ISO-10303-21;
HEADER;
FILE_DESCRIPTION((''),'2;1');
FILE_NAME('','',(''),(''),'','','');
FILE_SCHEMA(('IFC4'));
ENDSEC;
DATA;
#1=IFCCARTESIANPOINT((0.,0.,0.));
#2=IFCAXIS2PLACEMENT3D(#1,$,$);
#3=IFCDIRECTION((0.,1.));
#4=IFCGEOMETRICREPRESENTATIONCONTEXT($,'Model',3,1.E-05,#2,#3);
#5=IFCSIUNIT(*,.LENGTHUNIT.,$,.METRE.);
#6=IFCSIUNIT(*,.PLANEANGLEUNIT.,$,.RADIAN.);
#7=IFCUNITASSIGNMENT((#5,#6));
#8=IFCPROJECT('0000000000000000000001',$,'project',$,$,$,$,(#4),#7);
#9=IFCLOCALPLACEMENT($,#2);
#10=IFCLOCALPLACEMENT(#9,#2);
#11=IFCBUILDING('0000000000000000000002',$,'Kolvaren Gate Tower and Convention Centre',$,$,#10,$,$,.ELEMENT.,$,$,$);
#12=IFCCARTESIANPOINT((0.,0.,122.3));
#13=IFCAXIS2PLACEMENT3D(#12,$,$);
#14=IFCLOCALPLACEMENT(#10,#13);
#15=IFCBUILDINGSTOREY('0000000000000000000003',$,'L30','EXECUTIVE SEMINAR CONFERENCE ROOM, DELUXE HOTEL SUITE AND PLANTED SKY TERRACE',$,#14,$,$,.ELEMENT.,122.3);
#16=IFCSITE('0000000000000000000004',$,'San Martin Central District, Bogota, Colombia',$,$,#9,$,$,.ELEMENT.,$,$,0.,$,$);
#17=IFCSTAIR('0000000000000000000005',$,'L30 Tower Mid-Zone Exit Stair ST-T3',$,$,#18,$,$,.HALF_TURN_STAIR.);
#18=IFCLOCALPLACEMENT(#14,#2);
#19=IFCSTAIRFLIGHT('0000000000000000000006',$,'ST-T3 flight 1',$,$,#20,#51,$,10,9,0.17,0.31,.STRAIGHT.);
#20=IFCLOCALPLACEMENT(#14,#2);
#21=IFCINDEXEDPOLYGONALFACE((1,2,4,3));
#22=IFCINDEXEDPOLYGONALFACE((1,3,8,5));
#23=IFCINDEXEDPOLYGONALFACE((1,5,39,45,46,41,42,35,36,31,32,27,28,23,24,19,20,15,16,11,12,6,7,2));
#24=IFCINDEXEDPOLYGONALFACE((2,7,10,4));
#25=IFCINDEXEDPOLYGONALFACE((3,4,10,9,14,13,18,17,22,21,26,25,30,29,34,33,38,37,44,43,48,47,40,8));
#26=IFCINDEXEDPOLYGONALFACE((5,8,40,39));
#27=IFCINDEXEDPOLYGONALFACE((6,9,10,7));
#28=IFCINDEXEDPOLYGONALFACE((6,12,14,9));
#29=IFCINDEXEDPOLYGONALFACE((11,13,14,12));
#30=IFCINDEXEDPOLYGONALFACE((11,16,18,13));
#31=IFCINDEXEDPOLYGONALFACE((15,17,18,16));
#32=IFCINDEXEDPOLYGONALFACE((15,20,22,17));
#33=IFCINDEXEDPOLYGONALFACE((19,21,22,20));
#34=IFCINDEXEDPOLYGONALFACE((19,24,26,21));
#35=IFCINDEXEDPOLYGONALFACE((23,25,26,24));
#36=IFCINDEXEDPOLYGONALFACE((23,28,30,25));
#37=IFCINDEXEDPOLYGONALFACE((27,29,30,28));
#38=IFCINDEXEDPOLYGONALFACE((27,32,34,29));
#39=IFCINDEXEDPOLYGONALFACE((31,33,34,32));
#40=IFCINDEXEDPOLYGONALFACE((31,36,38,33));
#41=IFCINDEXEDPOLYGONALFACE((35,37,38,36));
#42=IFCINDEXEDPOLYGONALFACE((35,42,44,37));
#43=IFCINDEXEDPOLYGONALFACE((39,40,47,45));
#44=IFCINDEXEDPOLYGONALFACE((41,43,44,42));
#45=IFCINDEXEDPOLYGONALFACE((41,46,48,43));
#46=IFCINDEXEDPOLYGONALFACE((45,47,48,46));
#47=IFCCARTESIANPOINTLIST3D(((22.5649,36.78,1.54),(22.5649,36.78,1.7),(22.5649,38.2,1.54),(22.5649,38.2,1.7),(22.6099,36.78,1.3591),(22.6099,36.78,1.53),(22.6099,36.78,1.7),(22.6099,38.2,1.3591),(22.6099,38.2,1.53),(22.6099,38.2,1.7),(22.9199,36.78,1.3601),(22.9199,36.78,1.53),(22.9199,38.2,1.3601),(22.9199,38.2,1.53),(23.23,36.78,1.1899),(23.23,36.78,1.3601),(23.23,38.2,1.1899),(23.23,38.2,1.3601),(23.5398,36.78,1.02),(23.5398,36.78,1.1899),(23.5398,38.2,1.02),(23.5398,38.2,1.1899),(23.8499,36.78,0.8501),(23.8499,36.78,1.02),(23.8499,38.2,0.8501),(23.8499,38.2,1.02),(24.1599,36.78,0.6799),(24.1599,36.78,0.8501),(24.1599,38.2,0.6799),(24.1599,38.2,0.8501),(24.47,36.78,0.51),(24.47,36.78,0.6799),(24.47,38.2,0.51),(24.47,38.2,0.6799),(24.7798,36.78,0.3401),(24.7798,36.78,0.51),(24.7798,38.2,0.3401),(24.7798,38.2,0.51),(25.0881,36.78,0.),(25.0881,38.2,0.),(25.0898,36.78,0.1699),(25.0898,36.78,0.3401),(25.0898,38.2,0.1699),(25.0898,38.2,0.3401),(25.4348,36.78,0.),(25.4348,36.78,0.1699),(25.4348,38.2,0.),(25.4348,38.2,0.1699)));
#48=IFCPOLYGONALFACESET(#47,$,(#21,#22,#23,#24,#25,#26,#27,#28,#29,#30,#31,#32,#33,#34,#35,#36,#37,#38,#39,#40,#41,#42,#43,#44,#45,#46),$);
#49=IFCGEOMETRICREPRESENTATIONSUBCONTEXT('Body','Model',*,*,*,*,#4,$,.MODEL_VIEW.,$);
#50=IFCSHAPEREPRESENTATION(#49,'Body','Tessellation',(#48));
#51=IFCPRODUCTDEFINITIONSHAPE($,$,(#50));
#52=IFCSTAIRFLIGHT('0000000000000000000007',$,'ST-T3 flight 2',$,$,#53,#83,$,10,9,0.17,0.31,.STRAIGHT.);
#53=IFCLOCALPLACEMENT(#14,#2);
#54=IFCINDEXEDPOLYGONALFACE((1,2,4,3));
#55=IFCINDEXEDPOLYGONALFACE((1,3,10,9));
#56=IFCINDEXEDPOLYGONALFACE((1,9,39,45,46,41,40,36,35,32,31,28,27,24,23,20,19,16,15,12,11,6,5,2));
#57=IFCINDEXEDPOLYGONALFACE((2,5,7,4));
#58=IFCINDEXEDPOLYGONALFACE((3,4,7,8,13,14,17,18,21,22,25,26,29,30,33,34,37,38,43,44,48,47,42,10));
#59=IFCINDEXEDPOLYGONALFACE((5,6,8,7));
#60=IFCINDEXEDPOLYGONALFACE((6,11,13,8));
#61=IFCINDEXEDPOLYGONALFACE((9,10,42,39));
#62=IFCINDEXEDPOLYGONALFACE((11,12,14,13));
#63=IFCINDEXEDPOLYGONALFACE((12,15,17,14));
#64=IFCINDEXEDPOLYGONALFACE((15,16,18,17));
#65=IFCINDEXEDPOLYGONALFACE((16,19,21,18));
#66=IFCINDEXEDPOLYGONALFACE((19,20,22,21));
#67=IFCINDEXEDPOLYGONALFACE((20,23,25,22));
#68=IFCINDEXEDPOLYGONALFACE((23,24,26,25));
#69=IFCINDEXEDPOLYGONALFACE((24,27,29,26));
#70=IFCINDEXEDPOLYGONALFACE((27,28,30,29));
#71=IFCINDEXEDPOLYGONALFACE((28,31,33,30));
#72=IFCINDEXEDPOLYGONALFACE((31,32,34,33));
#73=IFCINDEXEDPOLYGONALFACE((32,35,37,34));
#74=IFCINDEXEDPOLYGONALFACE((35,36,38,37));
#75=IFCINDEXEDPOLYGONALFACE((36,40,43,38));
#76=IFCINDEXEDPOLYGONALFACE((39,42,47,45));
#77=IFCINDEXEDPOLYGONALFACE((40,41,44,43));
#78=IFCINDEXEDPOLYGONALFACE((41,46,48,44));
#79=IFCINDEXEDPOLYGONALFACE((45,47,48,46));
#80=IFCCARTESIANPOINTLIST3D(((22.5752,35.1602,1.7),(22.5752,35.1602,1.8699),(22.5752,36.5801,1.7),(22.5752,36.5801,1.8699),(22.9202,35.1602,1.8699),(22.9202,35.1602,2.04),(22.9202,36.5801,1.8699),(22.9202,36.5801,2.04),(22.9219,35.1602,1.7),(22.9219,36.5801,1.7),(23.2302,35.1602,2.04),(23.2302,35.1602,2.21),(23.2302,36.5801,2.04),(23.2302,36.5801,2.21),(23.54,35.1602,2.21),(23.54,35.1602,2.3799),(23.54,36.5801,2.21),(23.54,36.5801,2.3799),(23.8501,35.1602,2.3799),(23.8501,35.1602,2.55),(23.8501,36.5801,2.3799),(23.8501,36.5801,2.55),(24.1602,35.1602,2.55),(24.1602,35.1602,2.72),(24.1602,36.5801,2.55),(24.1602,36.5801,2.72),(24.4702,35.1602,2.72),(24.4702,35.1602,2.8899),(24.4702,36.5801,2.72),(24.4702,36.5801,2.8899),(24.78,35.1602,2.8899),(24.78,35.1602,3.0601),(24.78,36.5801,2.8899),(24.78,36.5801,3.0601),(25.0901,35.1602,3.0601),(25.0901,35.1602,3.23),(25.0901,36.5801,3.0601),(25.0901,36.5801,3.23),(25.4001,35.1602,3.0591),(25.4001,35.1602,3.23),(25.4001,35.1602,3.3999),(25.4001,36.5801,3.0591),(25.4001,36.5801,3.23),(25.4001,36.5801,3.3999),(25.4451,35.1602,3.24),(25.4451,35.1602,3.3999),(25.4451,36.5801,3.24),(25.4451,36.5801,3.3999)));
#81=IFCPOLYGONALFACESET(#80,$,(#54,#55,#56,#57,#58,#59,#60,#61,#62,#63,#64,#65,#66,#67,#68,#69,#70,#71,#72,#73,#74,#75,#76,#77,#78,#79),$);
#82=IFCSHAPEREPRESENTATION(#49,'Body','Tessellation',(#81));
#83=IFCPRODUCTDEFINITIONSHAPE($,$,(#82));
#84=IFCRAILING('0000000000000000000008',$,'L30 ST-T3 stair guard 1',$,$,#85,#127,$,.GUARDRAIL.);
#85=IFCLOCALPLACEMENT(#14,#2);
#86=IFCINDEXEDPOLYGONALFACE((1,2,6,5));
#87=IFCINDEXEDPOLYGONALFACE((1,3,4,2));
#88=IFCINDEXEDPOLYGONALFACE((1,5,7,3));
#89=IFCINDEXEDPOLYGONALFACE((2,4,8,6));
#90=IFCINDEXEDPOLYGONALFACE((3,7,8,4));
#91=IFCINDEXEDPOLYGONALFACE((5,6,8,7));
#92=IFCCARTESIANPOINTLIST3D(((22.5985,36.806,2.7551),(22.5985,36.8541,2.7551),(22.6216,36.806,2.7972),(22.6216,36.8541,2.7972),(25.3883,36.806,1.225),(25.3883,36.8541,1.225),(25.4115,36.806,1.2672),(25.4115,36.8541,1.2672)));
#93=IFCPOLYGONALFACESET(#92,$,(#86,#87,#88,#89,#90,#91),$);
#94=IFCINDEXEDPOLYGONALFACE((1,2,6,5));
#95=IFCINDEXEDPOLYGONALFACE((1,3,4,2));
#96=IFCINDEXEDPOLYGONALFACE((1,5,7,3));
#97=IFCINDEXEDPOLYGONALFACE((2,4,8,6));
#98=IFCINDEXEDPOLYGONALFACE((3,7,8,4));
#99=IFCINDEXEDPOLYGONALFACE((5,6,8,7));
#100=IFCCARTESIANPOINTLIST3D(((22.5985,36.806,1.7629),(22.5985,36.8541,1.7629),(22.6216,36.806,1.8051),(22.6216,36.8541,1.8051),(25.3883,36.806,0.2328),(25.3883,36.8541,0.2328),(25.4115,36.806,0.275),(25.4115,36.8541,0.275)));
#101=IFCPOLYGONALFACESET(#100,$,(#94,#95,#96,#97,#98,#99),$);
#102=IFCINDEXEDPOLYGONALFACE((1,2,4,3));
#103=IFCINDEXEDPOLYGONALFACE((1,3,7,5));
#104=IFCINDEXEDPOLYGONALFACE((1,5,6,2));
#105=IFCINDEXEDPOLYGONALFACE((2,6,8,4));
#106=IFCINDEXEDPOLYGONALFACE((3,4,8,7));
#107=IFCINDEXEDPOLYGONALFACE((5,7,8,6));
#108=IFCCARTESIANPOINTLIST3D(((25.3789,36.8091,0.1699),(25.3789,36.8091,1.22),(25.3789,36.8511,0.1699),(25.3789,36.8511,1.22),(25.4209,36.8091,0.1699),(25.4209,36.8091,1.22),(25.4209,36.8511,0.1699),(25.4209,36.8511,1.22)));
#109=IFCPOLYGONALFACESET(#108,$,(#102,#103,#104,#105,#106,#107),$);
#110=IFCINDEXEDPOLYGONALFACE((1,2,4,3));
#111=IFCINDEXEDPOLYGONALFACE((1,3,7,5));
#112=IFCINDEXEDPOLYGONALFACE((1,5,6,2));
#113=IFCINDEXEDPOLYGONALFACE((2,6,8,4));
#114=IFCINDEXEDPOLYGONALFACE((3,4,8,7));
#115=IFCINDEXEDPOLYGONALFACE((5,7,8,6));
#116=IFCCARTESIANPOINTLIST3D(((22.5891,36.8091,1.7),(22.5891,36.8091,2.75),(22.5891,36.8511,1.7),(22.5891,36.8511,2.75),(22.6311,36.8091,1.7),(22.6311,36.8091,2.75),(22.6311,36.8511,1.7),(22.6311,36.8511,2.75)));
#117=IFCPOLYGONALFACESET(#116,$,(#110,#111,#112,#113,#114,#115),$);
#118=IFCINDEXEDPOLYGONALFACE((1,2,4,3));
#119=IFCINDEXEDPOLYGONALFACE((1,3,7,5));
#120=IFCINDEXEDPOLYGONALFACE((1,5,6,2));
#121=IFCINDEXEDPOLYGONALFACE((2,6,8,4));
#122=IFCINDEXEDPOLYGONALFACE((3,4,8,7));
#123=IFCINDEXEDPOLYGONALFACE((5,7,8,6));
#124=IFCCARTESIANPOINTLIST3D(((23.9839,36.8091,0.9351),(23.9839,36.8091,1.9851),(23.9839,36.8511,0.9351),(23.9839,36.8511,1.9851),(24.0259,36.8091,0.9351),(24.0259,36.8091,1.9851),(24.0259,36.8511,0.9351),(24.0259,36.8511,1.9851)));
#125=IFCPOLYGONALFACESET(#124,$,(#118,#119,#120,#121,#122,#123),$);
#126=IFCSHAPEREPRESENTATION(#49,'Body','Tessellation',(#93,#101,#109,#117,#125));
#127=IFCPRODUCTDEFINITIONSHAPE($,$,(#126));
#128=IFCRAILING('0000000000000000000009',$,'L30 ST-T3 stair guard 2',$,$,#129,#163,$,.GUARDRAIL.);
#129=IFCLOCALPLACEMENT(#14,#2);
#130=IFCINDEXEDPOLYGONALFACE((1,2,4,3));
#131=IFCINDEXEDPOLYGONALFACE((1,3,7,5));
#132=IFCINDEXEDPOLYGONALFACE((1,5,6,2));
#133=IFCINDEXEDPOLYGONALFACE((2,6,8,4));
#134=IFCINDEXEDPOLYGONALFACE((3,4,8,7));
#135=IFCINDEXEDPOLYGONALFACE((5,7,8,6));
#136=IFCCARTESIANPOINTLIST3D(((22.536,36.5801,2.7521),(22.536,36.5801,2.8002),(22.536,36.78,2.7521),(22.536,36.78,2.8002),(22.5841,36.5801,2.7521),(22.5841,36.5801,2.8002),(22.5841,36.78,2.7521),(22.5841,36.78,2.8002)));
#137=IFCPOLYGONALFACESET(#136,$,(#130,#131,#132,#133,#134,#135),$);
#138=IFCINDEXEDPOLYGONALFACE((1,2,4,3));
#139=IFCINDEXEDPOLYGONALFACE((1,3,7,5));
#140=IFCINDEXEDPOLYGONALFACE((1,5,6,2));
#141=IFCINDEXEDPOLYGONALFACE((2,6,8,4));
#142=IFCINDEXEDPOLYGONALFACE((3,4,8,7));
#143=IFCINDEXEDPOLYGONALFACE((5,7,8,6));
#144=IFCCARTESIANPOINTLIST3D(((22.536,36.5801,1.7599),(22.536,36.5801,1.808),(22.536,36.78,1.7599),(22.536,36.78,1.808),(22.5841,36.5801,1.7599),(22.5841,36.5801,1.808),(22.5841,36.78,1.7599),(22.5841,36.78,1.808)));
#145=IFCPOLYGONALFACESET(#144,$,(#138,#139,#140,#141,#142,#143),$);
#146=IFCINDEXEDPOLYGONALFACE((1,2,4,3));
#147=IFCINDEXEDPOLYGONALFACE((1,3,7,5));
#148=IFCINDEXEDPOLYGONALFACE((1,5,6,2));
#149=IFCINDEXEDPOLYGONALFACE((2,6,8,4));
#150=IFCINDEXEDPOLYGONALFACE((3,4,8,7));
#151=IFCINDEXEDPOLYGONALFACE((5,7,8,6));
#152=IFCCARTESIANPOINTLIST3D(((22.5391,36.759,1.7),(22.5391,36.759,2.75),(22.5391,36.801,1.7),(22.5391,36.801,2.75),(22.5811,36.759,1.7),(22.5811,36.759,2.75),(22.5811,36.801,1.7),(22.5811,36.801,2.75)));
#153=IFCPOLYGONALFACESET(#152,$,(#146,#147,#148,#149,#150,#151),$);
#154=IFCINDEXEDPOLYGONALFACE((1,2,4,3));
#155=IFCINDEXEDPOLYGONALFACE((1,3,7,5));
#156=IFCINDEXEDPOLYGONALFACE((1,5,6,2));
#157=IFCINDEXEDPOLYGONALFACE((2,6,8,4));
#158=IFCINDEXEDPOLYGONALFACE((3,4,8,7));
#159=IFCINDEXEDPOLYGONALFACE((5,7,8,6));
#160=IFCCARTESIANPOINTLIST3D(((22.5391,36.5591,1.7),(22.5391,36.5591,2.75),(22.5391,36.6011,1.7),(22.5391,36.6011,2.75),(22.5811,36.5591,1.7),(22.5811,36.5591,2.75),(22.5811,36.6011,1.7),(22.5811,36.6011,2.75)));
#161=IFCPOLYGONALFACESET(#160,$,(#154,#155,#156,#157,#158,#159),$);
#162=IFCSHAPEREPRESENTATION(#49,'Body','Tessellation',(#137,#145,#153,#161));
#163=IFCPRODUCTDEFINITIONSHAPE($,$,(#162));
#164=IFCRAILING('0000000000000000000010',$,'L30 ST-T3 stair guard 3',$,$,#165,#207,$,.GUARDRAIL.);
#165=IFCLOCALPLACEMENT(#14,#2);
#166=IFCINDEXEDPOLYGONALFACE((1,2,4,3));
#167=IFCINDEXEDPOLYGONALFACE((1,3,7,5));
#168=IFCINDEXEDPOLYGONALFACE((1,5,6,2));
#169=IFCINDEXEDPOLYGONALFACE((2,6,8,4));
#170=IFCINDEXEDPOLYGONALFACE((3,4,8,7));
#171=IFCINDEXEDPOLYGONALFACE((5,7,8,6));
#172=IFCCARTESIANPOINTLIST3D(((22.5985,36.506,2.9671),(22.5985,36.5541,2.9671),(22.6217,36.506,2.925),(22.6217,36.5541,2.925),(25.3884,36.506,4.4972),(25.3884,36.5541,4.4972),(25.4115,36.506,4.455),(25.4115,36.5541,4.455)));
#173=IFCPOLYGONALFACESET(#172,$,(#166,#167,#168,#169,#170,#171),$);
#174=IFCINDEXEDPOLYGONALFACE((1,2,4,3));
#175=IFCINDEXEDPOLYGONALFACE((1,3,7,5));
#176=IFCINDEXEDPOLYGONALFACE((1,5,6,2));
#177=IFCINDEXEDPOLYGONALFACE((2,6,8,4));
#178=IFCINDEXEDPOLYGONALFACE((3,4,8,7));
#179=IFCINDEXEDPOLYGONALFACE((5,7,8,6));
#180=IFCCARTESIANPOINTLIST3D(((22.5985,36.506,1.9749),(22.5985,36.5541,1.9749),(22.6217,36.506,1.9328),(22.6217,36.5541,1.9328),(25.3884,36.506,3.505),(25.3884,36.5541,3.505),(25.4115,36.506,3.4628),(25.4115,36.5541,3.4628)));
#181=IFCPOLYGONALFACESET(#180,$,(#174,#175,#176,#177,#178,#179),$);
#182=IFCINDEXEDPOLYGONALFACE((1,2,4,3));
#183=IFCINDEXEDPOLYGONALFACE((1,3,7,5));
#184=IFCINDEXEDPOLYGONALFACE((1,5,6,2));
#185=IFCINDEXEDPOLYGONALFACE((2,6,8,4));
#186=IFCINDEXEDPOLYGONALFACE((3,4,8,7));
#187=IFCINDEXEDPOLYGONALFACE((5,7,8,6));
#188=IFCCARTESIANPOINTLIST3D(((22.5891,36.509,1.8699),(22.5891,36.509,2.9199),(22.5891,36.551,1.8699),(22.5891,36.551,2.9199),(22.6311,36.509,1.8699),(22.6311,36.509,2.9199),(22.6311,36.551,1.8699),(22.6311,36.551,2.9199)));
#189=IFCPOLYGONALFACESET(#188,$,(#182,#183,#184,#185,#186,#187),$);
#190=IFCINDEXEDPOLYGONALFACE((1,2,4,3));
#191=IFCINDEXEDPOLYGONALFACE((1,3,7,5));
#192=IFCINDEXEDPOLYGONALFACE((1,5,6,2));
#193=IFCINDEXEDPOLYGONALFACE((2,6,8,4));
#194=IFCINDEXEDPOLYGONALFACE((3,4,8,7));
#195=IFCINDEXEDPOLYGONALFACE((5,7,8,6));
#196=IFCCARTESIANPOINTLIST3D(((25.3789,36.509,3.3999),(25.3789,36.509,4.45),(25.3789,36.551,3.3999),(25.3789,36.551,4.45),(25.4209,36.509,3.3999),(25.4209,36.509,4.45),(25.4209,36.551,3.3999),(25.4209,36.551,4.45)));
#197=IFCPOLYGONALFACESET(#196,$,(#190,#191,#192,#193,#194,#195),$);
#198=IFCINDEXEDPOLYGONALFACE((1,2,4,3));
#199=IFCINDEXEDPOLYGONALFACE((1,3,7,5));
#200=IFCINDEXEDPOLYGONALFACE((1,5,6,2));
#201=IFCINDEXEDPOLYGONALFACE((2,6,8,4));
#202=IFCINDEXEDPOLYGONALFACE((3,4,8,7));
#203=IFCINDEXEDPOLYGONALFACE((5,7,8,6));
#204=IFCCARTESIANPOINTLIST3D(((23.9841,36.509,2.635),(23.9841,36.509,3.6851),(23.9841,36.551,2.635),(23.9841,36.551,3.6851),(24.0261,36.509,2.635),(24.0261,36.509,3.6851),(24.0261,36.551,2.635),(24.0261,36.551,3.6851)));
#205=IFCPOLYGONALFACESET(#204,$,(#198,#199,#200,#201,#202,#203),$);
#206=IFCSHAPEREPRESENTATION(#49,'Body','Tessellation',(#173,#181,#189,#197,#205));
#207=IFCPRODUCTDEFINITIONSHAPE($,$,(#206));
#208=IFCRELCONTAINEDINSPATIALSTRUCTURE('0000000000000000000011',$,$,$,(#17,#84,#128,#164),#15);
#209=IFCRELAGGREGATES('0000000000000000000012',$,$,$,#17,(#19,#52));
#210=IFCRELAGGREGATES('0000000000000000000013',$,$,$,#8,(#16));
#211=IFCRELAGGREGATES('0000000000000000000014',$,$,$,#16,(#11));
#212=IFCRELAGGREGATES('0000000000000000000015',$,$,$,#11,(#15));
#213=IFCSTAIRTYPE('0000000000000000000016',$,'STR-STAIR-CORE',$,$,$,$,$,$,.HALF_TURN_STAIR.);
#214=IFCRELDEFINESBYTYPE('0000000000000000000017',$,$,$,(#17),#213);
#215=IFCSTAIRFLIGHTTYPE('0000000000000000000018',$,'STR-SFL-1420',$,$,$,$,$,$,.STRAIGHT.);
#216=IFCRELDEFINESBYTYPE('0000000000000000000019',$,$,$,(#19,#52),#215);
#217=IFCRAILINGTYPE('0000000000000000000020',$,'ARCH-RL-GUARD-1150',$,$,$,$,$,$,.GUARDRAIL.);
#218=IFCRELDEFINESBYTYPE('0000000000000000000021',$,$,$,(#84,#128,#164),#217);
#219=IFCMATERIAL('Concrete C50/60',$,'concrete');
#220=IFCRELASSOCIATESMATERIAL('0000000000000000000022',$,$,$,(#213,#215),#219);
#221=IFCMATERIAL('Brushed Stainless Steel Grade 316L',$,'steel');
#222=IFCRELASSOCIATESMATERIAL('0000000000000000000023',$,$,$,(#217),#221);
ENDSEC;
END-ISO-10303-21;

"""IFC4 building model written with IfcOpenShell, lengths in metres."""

from ifc_helpers import new_model, si_unit, direction, frame, origin, origin_2d, place, context, subcontext, project, spatial, polyline, rectangle, outline, extrude, material, type_object, element, aggregate, save


model = new_model("IFC4")

# Units and contexts
model_context = context("Model", 3, precision=1e-05, world=origin(), true_north=direction((0.0, 1.0)))
body_context = subcontext(model_context, "Body", "Model", "MODEL_VIEW")
ifc_project = project(units=[si_unit("LENGTHUNIT", "METRE"), si_unit("PLANEANGLEUNIT", "RADIAN")], contexts=[model_context])

# Site, building, storey
site_placement = place(None, origin())
site = spatial("IfcSite", under=ifc_project, at=site_placement, Name="San Martin Central District, Bogota, Colombia", CompositionType="ELEMENT", RefElevation=0.0)
building_placement = place(site_placement, origin())
building = spatial("IfcBuilding", under=site, at=building_placement, Name="Kolvaren Gate Tower and Convention Centre", CompositionType="ELEMENT")
storey_placement = place(building_placement, frame((0.0, 0.0, 122.3)))
storey = spatial("IfcBuildingStorey", under=building, at=storey_placement, Name="L30", Description="EXECUTIVE SEMINAR CONFERENCE ROOM, DELUXE HOTEL SUITE AND PLANTED SKY TERRACE", CompositionType="ELEMENT", Elevation=122.3)

# Shared definitions
ifc_material_1 = material(Name="Concrete C50/60", Category="concrete")

# Stair, stair flights
stair_type = type_object("IfcStairType", Name="STR-STAIR-CORE", PredefinedType="HALF_TURN_STAIR", material=ifc_material_1)
stair_placement = place(storey_placement, origin())
stair = element("IfcStair", 1, at=stair_placement, inside=storey, type_object=stair_type, Name="L30 Tower Mid-Zone Exit Stair ST-T3", PredefinedType="HALF_TURN_STAIR")
stair_flight_type = type_object("IfcStairFlightType", Name="STR-SFL-1420", PredefinedType="STRAIGHT", material=ifc_material_1)
stair_flight_1_placement = place(storey_placement, frame((25.3999, 37.49, 0.0), z_axis=(0.0, 0.0, 1.0), x_axis=(-1.0, 0.0, 0.0)))
stair_flight_1 = element("IfcStairFlight", 2, at=stair_flight_1_placement, type_object=stair_flight_type, Name="ST-T3 flight 1", NumberOfRisers=10, NumberOfTreads=9, PredefinedType="STRAIGHT", RiserHeight=0.17, TreadLength=0.31, context=body_context, shape_type="SweptSolid", body=[
    extrude(outline(polyline([(-0.0349, 0.0), (-0.0349, 0.1699), (0.3101, 0.1699), (0.3101, 0.3401), (0.6201, 0.3401), (0.6201, 0.51), (0.9299, 0.51), (0.9299, 0.6799), (1.24, 0.6799), (1.24, 0.8501), (1.55, 0.8501), (1.55, 1.02), (1.8601, 1.02), (1.8601, 1.1899), (2.1699, 1.1899), (2.1699, 1.3601), (2.48, 1.3601), (2.48, 1.53), (2.79, 1.53), (2.79, 1.7), (2.835, 1.7), (2.835, 1.54), (2.79, 1.3591), (0.3118, 0.0), (-0.0349, 0.0)])), frame((0.0, 0.71, 0.0), z_axis=(0.0, -1.0, 0.0), x_axis=(1.0, 0.0, 0.0)), (0.0, 0.0, 1.0), 1.4199),
])
stair_flight_2_placement = place(storey_placement, frame((22.6101, 35.8701, 1.7), z_axis=(0.0, 0.0, 1.0), x_axis=(1.0, 0.0, 0.0)))
stair_flight_2 = element("IfcStairFlight", 3, at=stair_flight_2_placement, type_object=stair_flight_type, Name="ST-T3 flight 2", NumberOfRisers=10, NumberOfTreads=9, PredefinedType="STRAIGHT", RiserHeight=0.17, TreadLength=0.31, context=body_context, shape_type="SweptSolid", body=[
    extrude(outline(polyline([(-0.0349, 0.0), (-0.0349, 0.1699), (0.3101, 0.1699), (0.3101, 0.3401), (0.6201, 0.3401), (0.6201, 0.51), (0.9299, 0.51), (0.9299, 0.6799), (1.24, 0.6799), (1.24, 0.8501), (1.55, 0.8501), (1.55, 1.02), (1.8601, 1.02), (1.8601, 1.1899), (2.1699, 1.1899), (2.1699, 1.3601), (2.48, 1.3601), (2.48, 1.53), (2.79, 1.53), (2.79, 1.7), (2.835, 1.7), (2.835, 1.54), (2.79, 1.3591), (0.3118, 0.0), (-0.0349, 0.0)])), frame((0.0, 0.71, 0.0), z_axis=(0.0, -1.0, 0.0), x_axis=(1.0, 0.0, 0.0)), (0.0, 0.0, 1.0), 1.4199),
])
aggregate(stair, [stair_flight_1, stair_flight_2])

# Railings
ifc_material_2 = material(Name="Brushed Stainless Steel Grade 316L", Category="steel")
railing_type_1 = type_object("IfcRailingType", Name="ARCH-RL-GUARD-1150", PredefinedType="GUARDRAIL", material=ifc_material_2)
railing_1_placement = place(storey_placement, frame((25.3999, 36.8301, 0.1699)))
element("IfcRailing", 4, at=railing_1_placement, inside=storey, type_object=railing_type_1, Name="L30 ST-T3 stair guard 1", PredefinedType="GUARDRAIL", context=body_context, shape_type="SweptSolid", body=[
    extrude(rectangle(XDim=0.0481, YDim=0.0481, at=origin_2d()), frame((0.0, 0.0, 1.0762), z_axis=(-0.876794, 0.0, 0.480867), x_axis=(0.0, -1.0, 0.0)), (0.0, 0.0, 1.0), 3.1819),
    extrude(rectangle(XDim=0.0481, YDim=0.0481, at=origin_2d()), frame((0.0, 0.0, 0.084), z_axis=(-0.876794, 0.0, 0.480867), x_axis=(0.0, -1.0, 0.0)), (0.0, 0.0, 1.0), 3.1819),
    extrude(rectangle(XDim=0.042, YDim=0.042, at=origin_2d()), origin(), (0.0, 0.0, 1.0), 1.05),
    extrude(rectangle(XDim=0.042, YDim=0.042, at=origin_2d()), frame((-2.7898, 0.0, 1.53)), (0.0, 0.0, 1.0), 1.05),
    extrude(rectangle(XDim=0.042, YDim=0.042, at=origin_2d()), frame((-1.395, 0.0, 0.7651)), (0.0, 0.0, 1.0), 1.05),
])
railing_2_placement = place(storey_placement, frame((22.5601, 36.78, 1.7)))
element("IfcRailing", 5, at=railing_2_placement, inside=storey, type_object=railing_type_1, Name="L30 ST-T3 stair guard 2", PredefinedType="GUARDRAIL", context=body_context, shape_type="SweptSolid", body=[
    extrude(rectangle(XDim=0.0481, YDim=0.0481, at=origin_2d()), frame((0.0, 0.0, 1.0762), z_axis=(0.0, -1.0, 0.0), x_axis=(1.0, 0.0, 0.0)), (0.0, 0.0, 1.0), 0.2),
    extrude(rectangle(XDim=0.0481, YDim=0.0481, at=origin_2d()), frame((0.0, 0.0, 0.084), z_axis=(0.0, -1.0, 0.0), x_axis=(1.0, 0.0, 0.0)), (0.0, 0.0, 1.0), 0.2),
    extrude(rectangle(XDim=0.042, YDim=0.042, at=origin_2d()), origin(), (0.0, 0.0, 1.0), 1.05),
    extrude(rectangle(XDim=0.042, YDim=0.042, at=origin_2d()), frame((0.0, -0.2, 0.0)), (0.0, 0.0, 1.0), 1.05),
])
railing_3_placement = place(storey_placement, frame((22.6101, 36.53, 1.8699)))
element("IfcRailing", 6, at=railing_3_placement, inside=storey, type_object=railing_type_1, Name="L30 ST-T3 stair guard 3", PredefinedType="GUARDRAIL", context=body_context, shape_type="SweptSolid", body=[
    extrude(rectangle(XDim=0.0481, YDim=0.0481, at=origin_2d()), frame((0.0, 0.0, 1.0762), z_axis=(0.876794, 0.0, 0.480867), x_axis=(0.0, 1.0, 0.0)), (0.0, 0.0, 1.0), 3.1819),
    extrude(rectangle(XDim=0.0481, YDim=0.0481, at=origin_2d()), frame((0.0, 0.0, 0.084), z_axis=(0.876794, 0.0, 0.480867), x_axis=(0.0, 1.0, 0.0)), (0.0, 0.0, 1.0), 3.1819),
    extrude(rectangle(XDim=0.042, YDim=0.042, at=origin_2d()), origin(), (0.0, 0.0, 1.0), 1.05),
    extrude(rectangle(XDim=0.042, YDim=0.042, at=origin_2d()), frame((2.7898, 0.0, 1.53)), (0.0, 0.0, 1.0), 1.05),
    extrude(rectangle(XDim=0.042, YDim=0.042, at=origin_2d()), frame((1.395, 0.0, 0.7651)), (0.0, 0.0, 1.0), 1.05),
])

save(model, "model.ifc")
